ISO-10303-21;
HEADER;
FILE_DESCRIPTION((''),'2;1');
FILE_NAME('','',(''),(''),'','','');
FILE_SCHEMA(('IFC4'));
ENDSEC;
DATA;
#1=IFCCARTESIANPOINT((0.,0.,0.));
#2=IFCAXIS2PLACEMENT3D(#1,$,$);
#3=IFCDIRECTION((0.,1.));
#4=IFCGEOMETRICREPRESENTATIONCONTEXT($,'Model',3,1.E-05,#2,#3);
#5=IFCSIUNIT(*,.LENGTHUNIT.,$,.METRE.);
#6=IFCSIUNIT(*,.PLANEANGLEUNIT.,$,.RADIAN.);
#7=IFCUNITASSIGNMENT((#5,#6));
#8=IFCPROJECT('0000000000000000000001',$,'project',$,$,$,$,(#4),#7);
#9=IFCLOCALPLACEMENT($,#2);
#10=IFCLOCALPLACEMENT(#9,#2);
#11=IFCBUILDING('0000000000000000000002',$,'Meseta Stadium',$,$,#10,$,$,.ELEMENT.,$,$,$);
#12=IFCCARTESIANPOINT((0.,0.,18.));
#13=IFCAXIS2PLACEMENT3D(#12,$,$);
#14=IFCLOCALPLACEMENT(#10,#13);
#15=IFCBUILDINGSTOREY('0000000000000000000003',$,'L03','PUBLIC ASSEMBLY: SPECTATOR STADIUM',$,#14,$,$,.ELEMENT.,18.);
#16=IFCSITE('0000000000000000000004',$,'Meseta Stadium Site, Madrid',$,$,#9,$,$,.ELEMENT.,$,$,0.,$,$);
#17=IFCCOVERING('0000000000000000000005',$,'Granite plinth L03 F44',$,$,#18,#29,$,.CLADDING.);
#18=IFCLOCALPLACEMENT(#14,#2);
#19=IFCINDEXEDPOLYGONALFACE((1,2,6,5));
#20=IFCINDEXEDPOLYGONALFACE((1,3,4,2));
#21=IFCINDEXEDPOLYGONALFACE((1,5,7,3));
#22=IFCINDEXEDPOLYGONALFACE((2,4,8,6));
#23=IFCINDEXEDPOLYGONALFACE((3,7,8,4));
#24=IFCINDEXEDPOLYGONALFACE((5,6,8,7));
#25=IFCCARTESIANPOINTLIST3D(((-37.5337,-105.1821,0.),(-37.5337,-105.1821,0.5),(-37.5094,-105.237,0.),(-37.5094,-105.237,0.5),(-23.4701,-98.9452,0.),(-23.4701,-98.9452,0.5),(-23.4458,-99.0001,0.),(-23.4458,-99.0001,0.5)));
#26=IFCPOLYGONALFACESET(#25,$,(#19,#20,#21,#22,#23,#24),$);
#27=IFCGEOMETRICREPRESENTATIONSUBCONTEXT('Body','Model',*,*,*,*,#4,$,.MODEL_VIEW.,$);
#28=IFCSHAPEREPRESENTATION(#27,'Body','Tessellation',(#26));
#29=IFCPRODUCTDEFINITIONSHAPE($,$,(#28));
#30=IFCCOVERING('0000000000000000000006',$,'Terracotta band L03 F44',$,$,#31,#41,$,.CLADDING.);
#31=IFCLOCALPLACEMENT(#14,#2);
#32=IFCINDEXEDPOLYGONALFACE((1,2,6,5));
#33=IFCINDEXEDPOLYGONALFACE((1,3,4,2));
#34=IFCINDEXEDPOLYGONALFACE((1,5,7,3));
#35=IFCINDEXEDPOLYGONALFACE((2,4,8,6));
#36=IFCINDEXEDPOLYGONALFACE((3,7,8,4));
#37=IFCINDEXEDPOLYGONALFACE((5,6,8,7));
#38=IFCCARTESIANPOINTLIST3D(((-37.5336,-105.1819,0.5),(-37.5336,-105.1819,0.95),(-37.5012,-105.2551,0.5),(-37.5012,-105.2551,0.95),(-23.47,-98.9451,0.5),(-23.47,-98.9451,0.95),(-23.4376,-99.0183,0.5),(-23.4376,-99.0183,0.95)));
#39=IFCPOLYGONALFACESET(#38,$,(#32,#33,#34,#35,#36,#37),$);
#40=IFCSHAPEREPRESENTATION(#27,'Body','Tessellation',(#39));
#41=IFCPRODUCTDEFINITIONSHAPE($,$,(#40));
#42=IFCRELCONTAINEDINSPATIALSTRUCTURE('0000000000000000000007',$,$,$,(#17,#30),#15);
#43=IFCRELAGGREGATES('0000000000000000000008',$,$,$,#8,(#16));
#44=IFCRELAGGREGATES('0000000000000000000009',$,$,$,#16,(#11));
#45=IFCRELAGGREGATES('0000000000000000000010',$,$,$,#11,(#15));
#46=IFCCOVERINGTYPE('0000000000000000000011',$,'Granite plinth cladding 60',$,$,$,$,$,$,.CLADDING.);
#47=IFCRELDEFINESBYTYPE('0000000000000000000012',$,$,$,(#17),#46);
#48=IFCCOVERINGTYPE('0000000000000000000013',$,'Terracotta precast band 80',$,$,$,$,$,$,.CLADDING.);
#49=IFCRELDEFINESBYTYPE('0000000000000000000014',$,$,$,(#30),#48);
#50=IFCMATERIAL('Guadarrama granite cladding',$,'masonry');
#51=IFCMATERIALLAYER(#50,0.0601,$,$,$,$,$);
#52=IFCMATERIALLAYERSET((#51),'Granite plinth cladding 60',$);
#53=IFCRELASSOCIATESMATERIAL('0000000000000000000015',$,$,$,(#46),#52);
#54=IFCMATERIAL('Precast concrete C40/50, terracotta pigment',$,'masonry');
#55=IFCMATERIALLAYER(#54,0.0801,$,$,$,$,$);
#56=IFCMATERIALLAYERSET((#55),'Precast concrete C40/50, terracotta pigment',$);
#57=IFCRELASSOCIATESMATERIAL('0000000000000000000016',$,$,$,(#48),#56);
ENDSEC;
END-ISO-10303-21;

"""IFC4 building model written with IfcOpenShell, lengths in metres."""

from ifc_helpers import new_model, si_unit, direction, frame, origin, origin_2d, place, context, subcontext, project, spatial, rectangle, extrude, material, layer, layer_set, type_object, element, save


model = new_model("IFC4")

# Units and contexts
model_context = context("Model", 3, precision=1e-05, world=origin(), true_north=direction((0.0, 1.0)))
body_context = subcontext(model_context, "Body", "Model", "MODEL_VIEW")
ifc_project = project(units=[si_unit("LENGTHUNIT", "METRE"), si_unit("PLANEANGLEUNIT", "RADIAN")], contexts=[model_context])

# Site, building, storey
site_placement = place(None, origin())
site = spatial("IfcSite", under=ifc_project, at=site_placement, Name="Meseta Stadium Site, Madrid", CompositionType="ELEMENT", RefElevation=0.0)
building_placement = place(site_placement, origin())
building = spatial("IfcBuilding", under=site, at=building_placement, Name="Meseta Stadium", CompositionType="ELEMENT")
storey_placement = place(building_placement, frame((0.0, 0.0, 18.0)))
storey = spatial("IfcBuildingStorey", under=building, at=storey_placement, Name="L03", Description="PUBLIC ASSEMBLY: SPECTATOR STADIUM", CompositionType="ELEMENT", Elevation=18.0)

# Coverings
ifc_material_1 = material(Name="Guadarrama granite cladding", Category="masonry")
ifc_layer_1 = layer(ifc_material_1, 0.0601)
ifc_layer_set_1 = layer_set([ifc_layer_1], Name="Granite plinth cladding 60")
covering_type_1 = type_object("IfcCoveringType", Name="Granite plinth cladding 60", PredefinedType="CLADDING", material=ifc_layer_set_1)
covering_1_placement = place(storey_placement, frame((-30.4897, -102.0911, 0.0), z_axis=(0.0, 0.0, 1.0), x_axis=(-0.914139, -0.4054, 0.0)))
element("IfcCovering", 1, at=covering_1_placement, inside=storey, type_object=covering_type_1, Name="Granite plinth L03 F44", PredefinedType="CLADDING", context=body_context, shape_type="SweptSolid", body=[
    extrude(rectangle(XDim=15.3845, YDim=0.0601, at=origin_2d()), origin(), (0.0, 0.0, 1.0), 0.5),
])
ifc_material_2 = material(Name="Precast concrete C40/50, terracotta pigment", Category="masonry")
ifc_layer_2 = layer(ifc_material_2, 0.0801)
ifc_layer_set_2 = layer_set([ifc_layer_2], Name="Precast concrete C40/50, terracotta pigment")
covering_type_2 = type_object("IfcCoveringType", Name="Terracotta precast band 80", PredefinedType="CLADDING", material=ifc_layer_set_2)
covering_2_placement = place(storey_placement, frame((-30.4856, -102.1001, 0.5), z_axis=(0.0, 0.0, 1.0), x_axis=(-0.914139, -0.4054, 0.0)))
element("IfcCovering", 2, at=covering_2_placement, inside=storey, type_object=covering_type_2, Name="Terracotta band L03 F44", PredefinedType="CLADDING", context=body_context, shape_type="SweptSolid", body=[
    extrude(rectangle(XDim=15.3845, YDim=0.0801, at=origin_2d()), origin(), (0.0, 0.0, 1.0), 0.45),
])

save(model, "model.ifc")
